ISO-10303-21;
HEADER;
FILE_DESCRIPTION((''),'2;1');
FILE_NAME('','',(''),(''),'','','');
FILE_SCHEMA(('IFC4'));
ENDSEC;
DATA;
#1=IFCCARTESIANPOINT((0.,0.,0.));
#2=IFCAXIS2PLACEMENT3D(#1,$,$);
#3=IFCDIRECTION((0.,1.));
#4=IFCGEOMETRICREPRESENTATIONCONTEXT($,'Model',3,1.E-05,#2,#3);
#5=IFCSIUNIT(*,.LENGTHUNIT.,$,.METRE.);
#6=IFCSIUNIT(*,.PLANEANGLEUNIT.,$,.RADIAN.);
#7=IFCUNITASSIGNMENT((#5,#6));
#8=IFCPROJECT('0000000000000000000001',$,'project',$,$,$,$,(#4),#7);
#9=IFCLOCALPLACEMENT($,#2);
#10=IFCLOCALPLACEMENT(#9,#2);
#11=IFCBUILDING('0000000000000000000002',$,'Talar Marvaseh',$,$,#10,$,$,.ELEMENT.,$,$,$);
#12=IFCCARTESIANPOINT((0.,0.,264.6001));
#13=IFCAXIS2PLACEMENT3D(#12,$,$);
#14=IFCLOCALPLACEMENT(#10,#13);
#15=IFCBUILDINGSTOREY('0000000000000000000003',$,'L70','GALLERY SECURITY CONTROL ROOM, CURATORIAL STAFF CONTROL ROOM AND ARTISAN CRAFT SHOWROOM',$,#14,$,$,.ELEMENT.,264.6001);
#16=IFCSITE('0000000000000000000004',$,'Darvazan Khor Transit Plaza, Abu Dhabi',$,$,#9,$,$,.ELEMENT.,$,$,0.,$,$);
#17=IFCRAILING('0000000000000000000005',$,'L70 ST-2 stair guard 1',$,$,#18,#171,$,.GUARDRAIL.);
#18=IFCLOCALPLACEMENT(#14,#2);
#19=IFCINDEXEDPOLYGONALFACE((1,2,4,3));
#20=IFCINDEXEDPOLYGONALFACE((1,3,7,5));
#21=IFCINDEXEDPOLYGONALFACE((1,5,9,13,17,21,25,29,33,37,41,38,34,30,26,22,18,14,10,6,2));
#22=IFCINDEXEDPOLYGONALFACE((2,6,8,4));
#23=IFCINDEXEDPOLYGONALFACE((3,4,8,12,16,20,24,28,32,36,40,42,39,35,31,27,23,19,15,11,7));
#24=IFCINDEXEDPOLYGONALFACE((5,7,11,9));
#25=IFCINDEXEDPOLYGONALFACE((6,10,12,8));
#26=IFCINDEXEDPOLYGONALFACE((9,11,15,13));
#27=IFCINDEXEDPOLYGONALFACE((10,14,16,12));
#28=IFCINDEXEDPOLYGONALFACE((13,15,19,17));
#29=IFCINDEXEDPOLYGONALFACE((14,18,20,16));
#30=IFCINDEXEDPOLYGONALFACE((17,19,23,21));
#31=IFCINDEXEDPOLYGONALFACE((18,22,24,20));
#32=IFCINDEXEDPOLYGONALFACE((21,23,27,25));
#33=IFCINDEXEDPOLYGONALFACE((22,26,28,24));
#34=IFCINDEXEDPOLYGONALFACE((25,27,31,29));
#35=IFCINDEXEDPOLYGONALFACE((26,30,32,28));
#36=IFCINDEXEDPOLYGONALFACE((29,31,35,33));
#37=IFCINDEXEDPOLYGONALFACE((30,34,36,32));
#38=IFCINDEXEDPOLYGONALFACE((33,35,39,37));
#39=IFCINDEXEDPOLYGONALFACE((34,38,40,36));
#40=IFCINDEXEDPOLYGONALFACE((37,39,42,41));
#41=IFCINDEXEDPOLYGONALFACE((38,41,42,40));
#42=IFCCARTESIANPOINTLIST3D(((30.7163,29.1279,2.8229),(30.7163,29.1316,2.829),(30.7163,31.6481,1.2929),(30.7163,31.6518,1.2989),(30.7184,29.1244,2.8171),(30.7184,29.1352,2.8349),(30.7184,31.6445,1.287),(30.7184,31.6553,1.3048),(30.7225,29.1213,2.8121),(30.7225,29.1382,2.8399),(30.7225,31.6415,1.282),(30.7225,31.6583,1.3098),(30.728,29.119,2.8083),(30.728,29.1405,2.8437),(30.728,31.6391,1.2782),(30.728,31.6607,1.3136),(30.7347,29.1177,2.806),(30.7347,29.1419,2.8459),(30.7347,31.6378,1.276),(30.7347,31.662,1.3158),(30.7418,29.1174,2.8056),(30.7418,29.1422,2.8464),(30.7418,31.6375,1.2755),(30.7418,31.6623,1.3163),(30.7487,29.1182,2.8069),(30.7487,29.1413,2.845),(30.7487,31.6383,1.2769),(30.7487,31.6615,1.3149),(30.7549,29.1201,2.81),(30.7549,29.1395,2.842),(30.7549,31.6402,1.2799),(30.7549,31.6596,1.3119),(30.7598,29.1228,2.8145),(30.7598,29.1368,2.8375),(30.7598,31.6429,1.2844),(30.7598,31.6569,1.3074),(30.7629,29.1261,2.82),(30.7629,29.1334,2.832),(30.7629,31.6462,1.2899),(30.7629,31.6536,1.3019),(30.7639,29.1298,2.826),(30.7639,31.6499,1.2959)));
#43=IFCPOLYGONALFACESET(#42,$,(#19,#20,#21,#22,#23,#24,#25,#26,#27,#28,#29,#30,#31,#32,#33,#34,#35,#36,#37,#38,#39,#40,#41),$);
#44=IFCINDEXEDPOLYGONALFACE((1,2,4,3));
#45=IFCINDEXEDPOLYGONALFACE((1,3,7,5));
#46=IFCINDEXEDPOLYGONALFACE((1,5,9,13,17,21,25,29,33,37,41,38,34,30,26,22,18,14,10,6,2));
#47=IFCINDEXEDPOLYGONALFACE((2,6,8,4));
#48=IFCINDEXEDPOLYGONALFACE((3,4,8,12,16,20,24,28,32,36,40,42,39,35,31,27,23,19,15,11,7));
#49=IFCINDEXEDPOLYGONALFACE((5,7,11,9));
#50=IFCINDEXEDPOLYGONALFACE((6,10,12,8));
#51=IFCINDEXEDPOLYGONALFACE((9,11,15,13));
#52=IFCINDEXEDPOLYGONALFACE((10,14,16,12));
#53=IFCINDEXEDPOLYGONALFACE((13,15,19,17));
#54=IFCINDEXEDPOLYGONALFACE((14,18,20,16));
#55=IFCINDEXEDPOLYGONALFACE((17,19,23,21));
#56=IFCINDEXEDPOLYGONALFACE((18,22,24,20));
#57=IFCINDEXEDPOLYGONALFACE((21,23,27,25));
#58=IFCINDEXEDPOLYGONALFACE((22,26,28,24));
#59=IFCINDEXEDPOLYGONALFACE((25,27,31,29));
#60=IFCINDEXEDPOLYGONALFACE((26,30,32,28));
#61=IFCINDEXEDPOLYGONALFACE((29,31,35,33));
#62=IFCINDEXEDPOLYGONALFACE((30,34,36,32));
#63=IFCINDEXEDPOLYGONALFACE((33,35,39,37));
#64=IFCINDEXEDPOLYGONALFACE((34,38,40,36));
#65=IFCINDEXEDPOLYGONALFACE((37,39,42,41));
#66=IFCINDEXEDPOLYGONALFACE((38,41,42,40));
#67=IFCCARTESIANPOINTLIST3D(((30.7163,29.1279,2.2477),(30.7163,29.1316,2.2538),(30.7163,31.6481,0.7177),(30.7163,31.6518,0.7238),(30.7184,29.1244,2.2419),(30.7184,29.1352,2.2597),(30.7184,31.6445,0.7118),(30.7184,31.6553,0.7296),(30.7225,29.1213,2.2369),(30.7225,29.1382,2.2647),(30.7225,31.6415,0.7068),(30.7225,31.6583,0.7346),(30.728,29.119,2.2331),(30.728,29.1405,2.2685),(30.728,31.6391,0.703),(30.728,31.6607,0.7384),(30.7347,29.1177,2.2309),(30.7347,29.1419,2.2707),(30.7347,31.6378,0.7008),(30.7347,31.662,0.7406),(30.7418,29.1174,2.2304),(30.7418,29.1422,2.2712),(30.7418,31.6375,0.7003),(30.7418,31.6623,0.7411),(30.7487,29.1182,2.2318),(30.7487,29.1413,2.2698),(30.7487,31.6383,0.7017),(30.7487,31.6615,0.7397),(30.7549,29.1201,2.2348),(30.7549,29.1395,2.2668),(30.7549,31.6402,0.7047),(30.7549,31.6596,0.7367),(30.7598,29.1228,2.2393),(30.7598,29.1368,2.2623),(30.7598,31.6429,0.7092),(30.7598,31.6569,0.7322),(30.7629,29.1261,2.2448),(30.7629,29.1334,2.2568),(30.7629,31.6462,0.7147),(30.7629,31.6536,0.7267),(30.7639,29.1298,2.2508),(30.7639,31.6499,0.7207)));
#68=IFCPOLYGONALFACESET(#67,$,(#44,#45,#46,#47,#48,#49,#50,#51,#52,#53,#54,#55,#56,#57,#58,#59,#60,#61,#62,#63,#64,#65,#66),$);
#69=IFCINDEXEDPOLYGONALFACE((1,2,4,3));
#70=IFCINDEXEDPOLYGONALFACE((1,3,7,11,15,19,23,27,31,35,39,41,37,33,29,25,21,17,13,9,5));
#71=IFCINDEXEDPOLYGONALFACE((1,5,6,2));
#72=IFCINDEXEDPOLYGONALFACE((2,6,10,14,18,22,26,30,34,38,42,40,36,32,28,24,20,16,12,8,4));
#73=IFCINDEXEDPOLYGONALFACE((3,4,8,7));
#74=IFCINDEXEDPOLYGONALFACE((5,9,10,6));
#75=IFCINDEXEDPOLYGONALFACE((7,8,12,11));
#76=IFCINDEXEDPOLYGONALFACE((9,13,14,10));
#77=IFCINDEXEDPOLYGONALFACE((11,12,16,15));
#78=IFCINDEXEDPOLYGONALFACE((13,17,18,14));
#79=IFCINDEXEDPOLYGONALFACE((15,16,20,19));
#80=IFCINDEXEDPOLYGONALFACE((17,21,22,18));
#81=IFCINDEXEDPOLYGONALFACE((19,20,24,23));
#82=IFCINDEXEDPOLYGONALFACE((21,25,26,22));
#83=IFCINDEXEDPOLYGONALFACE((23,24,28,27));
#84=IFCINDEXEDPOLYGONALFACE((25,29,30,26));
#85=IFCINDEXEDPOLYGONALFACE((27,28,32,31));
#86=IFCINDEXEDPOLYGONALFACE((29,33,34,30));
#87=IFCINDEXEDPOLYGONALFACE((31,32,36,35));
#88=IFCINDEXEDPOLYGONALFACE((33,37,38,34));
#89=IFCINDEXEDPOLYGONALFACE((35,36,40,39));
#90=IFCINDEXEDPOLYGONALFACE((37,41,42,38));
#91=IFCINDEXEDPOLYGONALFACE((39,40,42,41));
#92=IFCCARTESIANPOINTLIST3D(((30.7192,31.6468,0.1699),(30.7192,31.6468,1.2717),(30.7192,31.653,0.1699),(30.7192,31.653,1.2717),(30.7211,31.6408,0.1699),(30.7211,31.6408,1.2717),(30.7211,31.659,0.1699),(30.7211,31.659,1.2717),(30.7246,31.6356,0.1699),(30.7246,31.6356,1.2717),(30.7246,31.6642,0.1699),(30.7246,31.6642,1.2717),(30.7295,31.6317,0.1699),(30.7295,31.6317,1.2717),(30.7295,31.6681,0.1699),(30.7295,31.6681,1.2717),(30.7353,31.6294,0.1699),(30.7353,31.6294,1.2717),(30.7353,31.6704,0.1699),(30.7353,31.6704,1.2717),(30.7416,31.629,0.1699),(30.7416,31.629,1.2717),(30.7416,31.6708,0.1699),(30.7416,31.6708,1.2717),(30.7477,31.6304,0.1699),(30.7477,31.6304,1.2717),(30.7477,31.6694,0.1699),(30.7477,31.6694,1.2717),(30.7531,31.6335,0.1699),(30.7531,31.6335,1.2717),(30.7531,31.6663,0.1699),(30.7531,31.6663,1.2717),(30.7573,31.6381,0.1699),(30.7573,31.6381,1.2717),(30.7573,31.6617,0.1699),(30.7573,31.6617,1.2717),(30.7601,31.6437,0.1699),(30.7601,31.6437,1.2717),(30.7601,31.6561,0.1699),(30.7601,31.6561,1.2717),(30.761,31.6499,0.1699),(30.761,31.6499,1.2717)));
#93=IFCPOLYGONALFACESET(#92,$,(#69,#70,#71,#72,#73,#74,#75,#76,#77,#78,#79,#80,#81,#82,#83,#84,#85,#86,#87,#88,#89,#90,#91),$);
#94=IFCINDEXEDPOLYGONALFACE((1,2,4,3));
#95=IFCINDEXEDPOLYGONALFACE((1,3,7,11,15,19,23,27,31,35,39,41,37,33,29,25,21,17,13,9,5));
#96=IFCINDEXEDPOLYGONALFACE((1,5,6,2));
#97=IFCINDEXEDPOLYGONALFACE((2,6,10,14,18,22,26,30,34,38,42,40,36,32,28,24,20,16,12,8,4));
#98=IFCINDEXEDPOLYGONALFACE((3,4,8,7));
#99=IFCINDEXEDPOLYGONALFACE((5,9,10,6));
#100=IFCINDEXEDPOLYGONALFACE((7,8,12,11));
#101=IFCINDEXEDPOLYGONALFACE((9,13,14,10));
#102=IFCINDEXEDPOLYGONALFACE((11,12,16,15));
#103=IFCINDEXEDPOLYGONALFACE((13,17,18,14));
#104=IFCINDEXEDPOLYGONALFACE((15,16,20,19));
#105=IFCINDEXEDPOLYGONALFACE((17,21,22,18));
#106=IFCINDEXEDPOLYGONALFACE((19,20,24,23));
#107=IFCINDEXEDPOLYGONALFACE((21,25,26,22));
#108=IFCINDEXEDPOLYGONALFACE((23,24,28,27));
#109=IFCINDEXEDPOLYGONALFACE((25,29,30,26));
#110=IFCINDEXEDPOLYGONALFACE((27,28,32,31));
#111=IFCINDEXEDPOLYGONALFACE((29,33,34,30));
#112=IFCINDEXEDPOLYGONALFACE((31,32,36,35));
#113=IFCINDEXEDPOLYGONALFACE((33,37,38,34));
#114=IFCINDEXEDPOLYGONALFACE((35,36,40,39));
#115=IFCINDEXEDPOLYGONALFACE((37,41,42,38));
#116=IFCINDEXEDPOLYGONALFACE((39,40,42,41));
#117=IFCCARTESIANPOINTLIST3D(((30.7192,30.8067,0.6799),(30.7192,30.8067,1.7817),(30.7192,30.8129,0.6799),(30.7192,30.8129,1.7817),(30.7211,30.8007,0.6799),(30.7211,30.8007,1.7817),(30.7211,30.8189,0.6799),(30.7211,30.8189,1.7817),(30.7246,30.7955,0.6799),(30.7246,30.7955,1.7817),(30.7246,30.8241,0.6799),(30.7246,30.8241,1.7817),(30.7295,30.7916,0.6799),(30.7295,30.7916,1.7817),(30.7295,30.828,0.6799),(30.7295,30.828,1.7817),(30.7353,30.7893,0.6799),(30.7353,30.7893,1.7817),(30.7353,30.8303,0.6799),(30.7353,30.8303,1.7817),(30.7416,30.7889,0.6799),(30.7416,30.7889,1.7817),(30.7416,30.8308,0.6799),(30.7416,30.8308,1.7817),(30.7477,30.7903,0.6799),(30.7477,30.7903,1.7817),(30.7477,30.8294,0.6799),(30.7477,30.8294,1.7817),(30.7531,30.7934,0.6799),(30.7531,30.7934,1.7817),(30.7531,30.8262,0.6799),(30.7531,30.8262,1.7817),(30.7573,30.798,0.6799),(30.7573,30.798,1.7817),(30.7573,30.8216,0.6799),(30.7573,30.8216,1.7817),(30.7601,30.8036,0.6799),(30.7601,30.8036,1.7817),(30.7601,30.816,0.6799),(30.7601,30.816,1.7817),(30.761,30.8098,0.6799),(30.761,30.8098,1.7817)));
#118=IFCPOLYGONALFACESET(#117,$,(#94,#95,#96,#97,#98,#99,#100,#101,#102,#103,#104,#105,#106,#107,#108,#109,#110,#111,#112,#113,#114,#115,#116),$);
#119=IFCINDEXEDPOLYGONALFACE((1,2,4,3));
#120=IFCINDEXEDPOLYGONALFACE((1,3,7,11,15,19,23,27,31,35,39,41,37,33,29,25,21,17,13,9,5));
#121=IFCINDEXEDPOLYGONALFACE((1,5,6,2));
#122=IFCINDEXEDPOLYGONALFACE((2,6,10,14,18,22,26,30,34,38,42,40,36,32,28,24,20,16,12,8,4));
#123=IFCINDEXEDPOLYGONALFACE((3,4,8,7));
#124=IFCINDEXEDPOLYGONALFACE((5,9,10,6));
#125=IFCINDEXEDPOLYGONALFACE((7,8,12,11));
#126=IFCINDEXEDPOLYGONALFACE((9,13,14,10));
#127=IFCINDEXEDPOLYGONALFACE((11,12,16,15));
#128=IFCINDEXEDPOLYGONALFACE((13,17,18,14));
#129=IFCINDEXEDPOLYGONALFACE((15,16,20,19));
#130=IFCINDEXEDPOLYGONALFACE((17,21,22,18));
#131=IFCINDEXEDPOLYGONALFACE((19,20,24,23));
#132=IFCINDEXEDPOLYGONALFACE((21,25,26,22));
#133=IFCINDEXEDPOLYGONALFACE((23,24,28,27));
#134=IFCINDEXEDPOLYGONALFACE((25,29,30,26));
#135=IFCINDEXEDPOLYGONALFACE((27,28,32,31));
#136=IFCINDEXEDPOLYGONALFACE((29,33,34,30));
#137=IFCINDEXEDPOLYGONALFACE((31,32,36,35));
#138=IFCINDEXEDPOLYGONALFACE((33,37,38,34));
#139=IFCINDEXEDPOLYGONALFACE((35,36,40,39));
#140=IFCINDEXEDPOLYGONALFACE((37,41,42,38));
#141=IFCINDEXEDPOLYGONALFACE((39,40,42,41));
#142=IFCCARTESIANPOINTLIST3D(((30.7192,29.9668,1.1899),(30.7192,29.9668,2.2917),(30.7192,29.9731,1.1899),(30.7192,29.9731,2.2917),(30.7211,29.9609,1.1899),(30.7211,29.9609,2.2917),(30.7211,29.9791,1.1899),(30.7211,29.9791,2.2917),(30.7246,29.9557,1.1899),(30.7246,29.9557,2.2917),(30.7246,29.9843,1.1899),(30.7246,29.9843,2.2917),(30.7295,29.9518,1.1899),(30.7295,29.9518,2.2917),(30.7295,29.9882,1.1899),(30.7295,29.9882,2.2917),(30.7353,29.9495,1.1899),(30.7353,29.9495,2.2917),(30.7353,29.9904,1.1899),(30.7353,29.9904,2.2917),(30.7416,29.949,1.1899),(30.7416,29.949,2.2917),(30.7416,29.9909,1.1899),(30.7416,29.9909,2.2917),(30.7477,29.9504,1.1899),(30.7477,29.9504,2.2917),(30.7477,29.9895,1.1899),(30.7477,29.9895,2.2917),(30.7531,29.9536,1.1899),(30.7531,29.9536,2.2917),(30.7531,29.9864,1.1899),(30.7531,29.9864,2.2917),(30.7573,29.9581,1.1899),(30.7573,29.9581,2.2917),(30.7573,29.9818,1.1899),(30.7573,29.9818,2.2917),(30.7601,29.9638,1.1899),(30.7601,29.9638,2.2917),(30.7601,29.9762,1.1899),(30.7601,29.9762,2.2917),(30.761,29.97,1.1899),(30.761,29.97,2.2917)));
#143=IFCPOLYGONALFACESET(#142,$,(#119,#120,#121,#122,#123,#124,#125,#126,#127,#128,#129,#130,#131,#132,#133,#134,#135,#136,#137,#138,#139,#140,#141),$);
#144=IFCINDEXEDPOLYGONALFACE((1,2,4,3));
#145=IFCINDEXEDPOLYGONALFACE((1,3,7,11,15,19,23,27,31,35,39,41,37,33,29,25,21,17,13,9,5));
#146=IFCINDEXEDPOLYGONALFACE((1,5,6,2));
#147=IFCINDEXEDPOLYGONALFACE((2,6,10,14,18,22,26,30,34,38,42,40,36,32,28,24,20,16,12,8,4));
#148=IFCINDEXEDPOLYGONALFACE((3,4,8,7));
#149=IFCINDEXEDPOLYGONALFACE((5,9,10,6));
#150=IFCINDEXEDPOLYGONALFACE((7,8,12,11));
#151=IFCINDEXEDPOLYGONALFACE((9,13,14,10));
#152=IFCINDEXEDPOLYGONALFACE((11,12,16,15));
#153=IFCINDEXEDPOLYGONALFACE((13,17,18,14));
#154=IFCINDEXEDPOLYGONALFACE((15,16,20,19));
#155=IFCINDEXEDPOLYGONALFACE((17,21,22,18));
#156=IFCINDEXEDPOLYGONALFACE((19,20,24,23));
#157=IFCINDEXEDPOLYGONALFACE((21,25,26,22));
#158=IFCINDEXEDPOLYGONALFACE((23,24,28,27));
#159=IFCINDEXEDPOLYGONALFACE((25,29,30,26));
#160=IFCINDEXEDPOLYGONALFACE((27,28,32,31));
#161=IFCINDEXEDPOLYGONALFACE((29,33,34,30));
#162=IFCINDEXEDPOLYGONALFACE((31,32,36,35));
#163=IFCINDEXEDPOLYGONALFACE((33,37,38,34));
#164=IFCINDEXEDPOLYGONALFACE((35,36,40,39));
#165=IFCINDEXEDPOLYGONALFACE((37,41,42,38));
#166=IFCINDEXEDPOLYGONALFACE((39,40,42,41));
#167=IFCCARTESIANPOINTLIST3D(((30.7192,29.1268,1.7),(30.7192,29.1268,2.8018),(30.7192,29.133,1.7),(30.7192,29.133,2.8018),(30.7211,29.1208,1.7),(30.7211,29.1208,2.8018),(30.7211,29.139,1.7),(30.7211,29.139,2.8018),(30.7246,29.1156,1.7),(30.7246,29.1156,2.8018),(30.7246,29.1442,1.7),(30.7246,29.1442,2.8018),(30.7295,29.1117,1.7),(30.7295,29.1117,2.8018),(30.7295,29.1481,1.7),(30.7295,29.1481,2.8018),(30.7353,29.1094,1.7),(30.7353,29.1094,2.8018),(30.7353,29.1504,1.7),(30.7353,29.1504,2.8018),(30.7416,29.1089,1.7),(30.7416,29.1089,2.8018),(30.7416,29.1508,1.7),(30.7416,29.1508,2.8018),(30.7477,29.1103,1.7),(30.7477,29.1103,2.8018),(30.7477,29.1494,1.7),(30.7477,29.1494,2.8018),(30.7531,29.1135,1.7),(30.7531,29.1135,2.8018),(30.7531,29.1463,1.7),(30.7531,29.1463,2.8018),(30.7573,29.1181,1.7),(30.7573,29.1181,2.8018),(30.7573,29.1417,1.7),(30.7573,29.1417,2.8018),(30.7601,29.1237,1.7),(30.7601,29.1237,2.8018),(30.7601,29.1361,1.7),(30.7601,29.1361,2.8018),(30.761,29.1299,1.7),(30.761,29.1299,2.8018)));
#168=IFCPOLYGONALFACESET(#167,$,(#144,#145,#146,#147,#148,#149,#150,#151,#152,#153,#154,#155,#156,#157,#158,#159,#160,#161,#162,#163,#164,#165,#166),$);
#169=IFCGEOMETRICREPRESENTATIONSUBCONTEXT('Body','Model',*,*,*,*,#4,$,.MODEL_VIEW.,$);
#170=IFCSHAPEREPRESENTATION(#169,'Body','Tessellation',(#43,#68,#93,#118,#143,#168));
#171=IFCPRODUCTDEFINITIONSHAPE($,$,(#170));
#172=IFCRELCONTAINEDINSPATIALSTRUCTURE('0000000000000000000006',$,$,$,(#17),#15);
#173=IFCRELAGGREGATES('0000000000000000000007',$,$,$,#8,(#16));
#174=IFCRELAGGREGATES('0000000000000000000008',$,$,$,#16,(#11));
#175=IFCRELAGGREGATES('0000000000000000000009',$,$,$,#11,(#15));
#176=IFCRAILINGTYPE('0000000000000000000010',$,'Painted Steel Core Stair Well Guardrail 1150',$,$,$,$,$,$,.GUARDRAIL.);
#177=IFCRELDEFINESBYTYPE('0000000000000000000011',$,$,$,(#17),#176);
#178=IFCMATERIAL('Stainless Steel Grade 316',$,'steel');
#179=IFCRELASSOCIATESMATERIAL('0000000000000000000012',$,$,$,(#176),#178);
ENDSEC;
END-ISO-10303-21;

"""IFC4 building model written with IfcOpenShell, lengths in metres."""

from ifc_helpers import new_model, si_unit, direction, frame, origin, origin_2d, place, context, subcontext, project, spatial, circle, extrude, material, type_object, element, save


model = new_model("IFC4")

# Units and contexts
model_context = context("Model", 3, precision=1e-05, world=origin(), true_north=direction((0.0, 1.0)))
body_context = subcontext(model_context, "Body", "Model", "MODEL_VIEW")
ifc_project = project(units=[si_unit("LENGTHUNIT", "METRE"), si_unit("PLANEANGLEUNIT", "RADIAN")], contexts=[model_context])

# Site, building, storey
site_placement = place(None, origin())
site = spatial("IfcSite", under=ifc_project, at=site_placement, Name="Darvazan Khor Transit Plaza, Abu Dhabi", CompositionType="ELEMENT", RefElevation=0.0)
building_placement = place(site_placement, origin())
building = spatial("IfcBuilding", under=site, at=building_placement, Name="Talar Marvaseh", CompositionType="ELEMENT")
storey_placement = place(building_placement, frame((0.0, 0.0, 264.6001)))
storey = spatial("IfcBuildingStorey", under=building, at=storey_placement, Name="L70", Description="GALLERY SECURITY CONTROL ROOM, CURATORIAL STAFF CONTROL ROOM AND ARTISAN CRAFT SHOWROOM", CompositionType="ELEMENT", Elevation=264.6001)

# Shared definitions
ifc_material_1 = material(Name="Stainless Steel Grade 316", Category="steel")

# Railing
railing_type_1 = type_object("IfcRailingType", Name="Painted Steel Core Stair Well Guardrail 1150", PredefinedType="GUARDRAIL", material=ifc_material_1)
railing_1_placement = place(storey_placement, frame((30.74, 31.6499, 0.1699)))
element("IfcRailing", 1, at=railing_1_placement, inside=storey, type_object=railing_type_1, Name="L70 ST-2 stair guard 1", PredefinedType="GUARDRAIL", context=body_context, shape_type="SweptSolid", body=[
    extrude(circle(Radius=0.0239, at=origin_2d()), frame((0.0, 0.0, 1.126), z_axis=(0.0, -0.854785, 0.518982), x_axis=(1.0, 0.0, 0.0)), (0.0, 0.0, 1.0), 2.9482),
    extrude(circle(Radius=0.0239, at=origin_2d()), frame((0.0, 0.0, 0.5508), z_axis=(0.0, -0.854785, 0.518982), x_axis=(1.0, 0.0, 0.0)), (0.0, 0.0, 1.0), 2.9482),
    extrude(circle(Radius=0.021, at=origin_2d()), origin(), (0.0, 0.0, 1.0), 1.1018),
    extrude(circle(Radius=0.021, at=origin_2d()), frame((0.0, -0.8401, 0.51)), (0.0, 0.0, 1.0), 1.1018),
    extrude(circle(Radius=0.021, at=origin_2d()), frame((0.0, -1.6799, 1.02)), (0.0, 0.0, 1.0), 1.1018),
    extrude(circle(Radius=0.021, at=origin_2d()), frame((0.0, -2.52, 1.53)), (0.0, 0.0, 1.0), 1.1018),
])

save(model, "model.ifc")
